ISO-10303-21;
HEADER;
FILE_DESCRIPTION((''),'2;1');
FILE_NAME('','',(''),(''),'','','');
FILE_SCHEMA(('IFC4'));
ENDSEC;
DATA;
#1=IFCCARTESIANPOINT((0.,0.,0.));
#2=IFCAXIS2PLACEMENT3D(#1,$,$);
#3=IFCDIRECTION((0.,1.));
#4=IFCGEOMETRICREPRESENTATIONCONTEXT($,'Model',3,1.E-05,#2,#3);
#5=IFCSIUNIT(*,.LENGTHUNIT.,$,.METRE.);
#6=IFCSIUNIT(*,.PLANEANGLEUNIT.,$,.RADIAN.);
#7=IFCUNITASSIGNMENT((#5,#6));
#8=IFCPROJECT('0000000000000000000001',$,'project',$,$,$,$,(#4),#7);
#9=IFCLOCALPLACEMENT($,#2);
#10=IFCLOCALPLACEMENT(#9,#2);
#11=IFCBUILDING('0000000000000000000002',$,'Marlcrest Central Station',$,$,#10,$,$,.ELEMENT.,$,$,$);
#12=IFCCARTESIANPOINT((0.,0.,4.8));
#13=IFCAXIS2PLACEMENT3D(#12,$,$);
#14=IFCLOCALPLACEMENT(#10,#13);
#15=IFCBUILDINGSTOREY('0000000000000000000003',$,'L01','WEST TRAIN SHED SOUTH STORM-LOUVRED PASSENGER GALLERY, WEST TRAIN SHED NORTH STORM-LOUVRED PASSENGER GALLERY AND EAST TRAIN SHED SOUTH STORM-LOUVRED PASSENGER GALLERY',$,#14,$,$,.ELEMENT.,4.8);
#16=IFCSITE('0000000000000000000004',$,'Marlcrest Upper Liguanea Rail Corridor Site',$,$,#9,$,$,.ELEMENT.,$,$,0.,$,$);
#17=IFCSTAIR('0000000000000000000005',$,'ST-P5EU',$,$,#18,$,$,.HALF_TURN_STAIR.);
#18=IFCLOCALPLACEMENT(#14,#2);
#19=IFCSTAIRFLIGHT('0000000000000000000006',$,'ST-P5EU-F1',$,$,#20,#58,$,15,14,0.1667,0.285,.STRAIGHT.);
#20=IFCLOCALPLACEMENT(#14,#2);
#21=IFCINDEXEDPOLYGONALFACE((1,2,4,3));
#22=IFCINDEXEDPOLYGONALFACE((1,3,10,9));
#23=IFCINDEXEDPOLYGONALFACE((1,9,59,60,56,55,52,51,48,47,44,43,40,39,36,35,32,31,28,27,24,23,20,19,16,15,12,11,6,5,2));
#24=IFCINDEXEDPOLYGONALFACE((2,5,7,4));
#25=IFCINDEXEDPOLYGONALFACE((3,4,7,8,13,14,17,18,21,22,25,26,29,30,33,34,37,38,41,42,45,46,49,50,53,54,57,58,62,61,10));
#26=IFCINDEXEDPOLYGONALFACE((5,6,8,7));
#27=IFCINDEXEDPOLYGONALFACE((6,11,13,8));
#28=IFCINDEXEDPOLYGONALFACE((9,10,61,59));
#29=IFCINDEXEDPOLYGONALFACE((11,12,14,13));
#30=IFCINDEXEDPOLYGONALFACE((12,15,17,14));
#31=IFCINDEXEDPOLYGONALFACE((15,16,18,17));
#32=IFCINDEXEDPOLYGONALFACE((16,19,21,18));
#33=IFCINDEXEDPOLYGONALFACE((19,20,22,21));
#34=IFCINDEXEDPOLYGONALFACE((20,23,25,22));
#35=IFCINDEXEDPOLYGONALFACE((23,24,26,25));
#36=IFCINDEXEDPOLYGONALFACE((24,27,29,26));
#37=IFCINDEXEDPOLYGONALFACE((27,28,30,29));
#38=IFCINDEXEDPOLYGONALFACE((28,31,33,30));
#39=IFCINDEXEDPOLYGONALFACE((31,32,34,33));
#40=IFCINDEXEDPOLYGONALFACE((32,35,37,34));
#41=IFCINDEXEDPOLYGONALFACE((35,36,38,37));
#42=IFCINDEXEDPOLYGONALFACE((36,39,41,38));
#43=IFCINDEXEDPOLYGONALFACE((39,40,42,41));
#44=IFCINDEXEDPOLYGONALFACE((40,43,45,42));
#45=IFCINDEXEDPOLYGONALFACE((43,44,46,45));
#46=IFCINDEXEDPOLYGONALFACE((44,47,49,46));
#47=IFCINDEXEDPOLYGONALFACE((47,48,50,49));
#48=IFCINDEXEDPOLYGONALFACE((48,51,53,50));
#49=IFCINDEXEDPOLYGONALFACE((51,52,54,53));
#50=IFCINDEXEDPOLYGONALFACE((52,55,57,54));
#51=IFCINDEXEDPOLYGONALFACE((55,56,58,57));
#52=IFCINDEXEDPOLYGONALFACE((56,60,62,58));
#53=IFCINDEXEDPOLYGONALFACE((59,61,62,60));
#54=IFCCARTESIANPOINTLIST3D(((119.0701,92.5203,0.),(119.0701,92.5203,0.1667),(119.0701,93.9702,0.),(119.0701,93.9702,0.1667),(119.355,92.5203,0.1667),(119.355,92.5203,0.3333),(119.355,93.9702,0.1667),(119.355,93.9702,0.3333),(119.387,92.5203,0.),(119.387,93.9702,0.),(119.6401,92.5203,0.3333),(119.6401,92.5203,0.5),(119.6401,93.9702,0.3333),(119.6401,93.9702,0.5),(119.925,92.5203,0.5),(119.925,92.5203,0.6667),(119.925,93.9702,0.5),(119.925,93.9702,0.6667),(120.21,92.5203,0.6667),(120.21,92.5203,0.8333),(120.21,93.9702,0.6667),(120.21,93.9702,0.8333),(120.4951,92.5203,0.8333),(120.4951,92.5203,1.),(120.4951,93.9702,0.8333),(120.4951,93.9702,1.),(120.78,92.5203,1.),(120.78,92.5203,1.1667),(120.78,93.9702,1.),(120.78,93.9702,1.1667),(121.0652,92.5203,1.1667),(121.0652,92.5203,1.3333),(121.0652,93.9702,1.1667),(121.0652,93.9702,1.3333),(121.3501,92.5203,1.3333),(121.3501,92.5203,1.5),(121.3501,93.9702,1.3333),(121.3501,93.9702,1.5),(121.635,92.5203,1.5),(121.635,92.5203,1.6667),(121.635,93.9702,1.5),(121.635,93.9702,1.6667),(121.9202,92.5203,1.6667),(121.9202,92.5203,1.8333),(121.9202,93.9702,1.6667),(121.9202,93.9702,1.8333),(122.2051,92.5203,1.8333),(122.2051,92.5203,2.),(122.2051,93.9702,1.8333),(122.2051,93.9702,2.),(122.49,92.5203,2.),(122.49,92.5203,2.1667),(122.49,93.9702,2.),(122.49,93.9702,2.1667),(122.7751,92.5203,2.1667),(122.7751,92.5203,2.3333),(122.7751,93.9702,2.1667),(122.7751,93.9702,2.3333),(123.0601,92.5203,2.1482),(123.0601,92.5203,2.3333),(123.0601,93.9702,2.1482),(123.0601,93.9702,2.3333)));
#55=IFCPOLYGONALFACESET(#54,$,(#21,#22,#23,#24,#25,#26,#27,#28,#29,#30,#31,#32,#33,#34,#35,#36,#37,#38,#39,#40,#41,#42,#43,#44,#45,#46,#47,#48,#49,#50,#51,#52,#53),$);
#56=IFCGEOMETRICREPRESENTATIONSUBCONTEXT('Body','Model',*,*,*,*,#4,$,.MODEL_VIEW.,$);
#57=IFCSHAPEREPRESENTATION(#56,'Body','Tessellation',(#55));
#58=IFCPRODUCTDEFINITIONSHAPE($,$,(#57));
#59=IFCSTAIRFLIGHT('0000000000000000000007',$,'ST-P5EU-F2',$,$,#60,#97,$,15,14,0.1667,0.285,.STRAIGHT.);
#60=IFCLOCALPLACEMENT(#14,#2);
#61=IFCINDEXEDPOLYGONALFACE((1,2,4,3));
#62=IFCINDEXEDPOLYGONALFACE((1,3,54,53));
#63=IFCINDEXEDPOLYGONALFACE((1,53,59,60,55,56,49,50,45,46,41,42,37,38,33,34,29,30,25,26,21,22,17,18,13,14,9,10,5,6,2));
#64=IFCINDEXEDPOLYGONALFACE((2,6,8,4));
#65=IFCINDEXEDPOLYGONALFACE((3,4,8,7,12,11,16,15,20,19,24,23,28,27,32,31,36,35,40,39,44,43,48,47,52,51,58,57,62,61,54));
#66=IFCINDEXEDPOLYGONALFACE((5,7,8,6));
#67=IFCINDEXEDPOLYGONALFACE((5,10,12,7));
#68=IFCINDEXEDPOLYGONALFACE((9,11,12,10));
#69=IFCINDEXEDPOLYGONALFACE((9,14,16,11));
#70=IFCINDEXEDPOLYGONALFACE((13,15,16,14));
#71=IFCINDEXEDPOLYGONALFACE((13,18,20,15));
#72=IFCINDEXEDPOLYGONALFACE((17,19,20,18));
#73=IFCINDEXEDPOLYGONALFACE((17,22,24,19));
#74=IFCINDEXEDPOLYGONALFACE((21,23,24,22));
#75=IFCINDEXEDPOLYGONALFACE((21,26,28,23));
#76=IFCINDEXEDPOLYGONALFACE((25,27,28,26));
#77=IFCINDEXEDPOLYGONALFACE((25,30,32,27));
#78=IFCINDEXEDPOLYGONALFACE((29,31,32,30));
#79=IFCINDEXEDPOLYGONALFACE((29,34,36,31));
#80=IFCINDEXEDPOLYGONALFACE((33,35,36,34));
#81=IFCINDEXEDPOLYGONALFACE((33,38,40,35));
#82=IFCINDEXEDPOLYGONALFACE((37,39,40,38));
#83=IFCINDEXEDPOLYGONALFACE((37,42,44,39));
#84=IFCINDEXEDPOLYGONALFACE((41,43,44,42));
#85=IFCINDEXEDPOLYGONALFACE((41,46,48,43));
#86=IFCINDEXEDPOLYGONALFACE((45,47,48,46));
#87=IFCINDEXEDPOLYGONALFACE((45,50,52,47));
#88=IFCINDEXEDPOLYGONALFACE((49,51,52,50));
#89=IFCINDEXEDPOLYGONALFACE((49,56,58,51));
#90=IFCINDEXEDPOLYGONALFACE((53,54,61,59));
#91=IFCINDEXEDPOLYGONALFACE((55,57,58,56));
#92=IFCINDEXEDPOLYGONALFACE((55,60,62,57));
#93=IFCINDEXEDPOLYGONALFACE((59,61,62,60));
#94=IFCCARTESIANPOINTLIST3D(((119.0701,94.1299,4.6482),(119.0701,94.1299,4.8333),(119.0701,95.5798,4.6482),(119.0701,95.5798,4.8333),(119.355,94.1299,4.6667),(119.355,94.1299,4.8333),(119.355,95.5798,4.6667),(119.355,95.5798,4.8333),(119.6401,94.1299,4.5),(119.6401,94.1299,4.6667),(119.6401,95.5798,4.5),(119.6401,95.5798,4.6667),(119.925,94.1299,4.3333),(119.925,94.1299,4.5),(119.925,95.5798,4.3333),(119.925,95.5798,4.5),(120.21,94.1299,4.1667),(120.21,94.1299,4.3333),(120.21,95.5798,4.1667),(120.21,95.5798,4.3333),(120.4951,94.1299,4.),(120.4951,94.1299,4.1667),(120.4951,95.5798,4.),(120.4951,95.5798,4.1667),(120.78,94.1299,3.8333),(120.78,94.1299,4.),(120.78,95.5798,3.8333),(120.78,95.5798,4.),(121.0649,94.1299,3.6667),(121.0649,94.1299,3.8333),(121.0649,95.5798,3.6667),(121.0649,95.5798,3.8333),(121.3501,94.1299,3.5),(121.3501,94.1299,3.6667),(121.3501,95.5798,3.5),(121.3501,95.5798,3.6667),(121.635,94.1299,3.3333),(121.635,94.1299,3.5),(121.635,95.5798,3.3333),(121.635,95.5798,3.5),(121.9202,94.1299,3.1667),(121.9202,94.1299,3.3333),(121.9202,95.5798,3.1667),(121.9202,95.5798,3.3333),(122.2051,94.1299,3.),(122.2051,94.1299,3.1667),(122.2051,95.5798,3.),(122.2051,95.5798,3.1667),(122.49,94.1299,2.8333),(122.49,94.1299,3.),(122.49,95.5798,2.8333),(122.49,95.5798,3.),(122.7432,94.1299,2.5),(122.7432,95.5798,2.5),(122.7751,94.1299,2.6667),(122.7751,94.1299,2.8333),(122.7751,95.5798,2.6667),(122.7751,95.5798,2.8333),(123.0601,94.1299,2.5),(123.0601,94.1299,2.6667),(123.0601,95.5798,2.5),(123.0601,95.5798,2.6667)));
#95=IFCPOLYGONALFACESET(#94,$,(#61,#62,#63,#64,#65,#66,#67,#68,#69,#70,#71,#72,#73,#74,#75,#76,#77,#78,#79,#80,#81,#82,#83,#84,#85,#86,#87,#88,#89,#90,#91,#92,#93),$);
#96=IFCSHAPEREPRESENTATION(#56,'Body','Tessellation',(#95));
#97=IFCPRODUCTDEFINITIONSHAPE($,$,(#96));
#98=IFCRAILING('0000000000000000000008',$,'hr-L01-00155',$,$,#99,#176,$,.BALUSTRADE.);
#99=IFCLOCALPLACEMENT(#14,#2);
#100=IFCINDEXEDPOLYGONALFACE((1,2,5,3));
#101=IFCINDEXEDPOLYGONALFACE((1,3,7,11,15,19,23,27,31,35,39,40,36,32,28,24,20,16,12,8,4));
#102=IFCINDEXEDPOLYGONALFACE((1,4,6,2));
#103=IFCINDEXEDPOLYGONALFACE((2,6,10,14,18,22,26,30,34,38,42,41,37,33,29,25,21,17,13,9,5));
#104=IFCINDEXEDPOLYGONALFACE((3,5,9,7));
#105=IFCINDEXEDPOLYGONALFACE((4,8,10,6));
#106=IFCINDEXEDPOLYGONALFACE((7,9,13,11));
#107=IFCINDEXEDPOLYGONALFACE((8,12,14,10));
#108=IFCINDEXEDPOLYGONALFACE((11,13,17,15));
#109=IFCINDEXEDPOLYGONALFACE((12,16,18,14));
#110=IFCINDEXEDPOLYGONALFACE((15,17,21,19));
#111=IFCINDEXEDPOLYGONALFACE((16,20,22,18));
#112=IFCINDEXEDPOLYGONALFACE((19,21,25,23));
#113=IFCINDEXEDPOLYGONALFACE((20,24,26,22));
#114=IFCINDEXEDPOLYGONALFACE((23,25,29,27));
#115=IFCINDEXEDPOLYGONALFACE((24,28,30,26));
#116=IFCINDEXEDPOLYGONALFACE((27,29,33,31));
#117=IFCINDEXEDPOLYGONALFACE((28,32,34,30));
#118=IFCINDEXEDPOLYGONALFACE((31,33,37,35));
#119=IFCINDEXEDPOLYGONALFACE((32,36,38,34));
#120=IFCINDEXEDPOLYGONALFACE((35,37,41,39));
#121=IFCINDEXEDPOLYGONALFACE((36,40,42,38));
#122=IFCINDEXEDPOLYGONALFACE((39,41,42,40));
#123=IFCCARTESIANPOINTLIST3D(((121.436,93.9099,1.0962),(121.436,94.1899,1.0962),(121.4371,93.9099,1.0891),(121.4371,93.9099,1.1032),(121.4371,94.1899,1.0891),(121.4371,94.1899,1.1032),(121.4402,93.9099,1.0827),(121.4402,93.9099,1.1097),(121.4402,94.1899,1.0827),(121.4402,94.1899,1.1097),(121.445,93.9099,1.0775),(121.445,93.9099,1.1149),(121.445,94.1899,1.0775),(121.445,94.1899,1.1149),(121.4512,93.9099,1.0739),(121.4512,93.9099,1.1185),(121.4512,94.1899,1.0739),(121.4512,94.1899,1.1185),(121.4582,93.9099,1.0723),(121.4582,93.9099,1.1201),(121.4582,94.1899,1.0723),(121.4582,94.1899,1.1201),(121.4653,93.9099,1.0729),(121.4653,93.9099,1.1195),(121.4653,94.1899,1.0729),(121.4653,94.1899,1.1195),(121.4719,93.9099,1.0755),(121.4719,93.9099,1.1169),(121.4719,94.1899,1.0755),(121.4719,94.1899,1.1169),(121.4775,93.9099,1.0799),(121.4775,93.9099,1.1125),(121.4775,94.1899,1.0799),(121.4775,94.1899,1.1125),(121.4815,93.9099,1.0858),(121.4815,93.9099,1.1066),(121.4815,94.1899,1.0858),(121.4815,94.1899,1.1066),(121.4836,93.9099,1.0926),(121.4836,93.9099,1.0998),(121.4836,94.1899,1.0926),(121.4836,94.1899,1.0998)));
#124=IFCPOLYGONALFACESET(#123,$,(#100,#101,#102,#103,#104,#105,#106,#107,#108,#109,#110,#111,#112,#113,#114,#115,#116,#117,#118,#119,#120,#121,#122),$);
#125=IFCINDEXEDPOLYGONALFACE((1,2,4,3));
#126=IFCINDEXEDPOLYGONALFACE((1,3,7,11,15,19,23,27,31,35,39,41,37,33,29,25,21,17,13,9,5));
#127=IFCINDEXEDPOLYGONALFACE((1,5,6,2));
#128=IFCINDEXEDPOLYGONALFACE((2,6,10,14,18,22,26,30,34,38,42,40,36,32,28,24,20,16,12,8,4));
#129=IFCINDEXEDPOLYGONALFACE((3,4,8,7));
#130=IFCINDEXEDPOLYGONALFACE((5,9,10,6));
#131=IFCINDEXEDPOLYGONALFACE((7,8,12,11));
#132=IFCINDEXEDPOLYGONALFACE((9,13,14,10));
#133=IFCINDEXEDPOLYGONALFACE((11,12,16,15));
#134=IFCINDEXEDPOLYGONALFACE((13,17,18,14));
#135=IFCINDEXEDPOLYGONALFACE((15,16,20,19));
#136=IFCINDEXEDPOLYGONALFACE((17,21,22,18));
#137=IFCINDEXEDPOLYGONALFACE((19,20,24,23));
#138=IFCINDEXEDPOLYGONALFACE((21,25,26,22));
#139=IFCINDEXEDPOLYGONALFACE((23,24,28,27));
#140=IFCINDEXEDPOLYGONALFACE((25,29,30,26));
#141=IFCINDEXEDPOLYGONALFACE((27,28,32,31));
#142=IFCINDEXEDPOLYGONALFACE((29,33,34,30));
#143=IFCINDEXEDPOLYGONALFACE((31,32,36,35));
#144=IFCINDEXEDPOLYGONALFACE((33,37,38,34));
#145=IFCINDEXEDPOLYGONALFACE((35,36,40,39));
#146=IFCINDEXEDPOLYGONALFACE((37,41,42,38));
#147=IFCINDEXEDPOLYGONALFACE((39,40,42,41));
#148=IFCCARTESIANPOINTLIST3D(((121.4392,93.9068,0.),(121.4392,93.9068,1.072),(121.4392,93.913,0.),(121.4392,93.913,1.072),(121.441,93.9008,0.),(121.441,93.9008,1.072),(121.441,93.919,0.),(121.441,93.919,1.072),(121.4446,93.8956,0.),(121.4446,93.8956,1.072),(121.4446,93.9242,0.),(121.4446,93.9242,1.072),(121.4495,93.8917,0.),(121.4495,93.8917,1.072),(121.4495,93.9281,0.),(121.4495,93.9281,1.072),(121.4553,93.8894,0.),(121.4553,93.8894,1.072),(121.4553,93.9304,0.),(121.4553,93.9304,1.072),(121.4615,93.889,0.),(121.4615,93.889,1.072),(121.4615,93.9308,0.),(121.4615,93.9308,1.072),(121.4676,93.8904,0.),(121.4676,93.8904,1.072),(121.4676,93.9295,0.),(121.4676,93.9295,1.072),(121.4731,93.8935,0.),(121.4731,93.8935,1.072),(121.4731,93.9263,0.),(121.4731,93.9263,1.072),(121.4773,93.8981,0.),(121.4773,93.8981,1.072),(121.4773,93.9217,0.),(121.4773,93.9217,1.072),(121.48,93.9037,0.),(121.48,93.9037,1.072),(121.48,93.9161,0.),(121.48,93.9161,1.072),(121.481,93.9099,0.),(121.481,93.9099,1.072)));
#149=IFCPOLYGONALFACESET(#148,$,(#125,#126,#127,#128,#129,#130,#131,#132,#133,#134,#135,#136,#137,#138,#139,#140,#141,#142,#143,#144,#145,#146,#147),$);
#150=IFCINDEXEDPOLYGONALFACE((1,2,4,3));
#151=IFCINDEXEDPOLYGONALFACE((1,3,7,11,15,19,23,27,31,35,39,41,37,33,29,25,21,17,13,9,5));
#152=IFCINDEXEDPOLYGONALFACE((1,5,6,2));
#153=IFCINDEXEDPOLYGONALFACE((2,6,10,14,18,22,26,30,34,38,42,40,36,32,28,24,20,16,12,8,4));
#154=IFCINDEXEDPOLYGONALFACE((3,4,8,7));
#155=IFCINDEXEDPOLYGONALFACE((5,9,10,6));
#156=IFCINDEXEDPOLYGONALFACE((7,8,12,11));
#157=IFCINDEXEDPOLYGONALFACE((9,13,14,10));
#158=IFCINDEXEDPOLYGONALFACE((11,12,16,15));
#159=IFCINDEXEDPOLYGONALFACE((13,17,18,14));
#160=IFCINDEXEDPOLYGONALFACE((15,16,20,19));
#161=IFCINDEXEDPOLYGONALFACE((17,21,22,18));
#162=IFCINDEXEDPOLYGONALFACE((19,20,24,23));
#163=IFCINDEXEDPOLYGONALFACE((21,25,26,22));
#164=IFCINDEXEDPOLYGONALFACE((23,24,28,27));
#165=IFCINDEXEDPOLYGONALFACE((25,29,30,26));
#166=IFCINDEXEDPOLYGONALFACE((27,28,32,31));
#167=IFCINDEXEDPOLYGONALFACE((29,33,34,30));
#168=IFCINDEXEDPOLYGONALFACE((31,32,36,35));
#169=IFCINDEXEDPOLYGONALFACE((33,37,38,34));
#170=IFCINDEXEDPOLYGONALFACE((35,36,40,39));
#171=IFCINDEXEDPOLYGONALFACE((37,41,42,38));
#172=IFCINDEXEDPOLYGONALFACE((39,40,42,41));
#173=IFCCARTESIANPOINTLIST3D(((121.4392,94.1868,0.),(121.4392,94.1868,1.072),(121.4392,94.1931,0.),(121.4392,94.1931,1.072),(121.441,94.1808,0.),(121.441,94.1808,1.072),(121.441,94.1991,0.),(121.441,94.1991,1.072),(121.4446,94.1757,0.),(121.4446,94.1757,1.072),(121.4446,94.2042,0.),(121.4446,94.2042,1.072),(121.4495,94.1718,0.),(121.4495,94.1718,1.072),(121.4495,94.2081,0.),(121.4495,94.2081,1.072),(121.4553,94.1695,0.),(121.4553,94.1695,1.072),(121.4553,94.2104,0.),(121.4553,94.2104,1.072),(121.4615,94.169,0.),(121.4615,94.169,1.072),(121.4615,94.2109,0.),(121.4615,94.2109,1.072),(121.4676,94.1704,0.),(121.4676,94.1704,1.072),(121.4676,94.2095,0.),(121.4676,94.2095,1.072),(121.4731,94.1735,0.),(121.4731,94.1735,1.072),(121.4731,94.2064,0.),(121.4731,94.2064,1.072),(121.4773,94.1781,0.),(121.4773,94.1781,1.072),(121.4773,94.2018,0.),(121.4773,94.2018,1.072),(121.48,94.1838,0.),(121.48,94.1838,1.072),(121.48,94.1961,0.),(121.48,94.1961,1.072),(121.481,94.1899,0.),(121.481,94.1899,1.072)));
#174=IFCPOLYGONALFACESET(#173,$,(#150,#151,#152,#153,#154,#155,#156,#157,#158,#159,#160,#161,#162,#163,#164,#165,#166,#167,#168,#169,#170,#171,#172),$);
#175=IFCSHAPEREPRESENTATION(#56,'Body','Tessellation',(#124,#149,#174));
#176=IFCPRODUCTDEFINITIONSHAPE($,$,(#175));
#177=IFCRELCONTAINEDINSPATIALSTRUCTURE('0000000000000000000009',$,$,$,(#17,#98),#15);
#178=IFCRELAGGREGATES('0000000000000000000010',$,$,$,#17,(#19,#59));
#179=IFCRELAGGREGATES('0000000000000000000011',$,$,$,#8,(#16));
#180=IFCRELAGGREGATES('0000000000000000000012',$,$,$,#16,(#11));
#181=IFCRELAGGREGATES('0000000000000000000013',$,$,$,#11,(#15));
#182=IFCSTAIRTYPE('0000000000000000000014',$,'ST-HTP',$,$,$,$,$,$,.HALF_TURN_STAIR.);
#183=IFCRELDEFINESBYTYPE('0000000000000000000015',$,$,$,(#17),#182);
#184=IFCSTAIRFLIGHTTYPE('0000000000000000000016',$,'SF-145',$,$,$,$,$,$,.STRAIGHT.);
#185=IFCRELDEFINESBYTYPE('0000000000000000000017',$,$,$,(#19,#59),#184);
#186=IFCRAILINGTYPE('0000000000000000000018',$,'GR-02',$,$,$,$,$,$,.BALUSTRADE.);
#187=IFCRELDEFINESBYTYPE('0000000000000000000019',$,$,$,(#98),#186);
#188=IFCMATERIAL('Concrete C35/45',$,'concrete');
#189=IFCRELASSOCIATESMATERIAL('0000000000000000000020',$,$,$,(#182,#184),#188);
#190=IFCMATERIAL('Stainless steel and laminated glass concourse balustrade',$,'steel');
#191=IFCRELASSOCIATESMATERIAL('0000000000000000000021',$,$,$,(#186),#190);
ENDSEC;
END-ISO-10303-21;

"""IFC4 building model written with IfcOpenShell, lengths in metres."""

from ifc_helpers import new_model, si_unit, direction, frame, origin, origin_2d, place, context, subcontext, project, spatial, polyline, circle, outline, extrude, material, type_object, element, aggregate, save


model = new_model("IFC4")

# Units and contexts
model_context = context("Model", 3, precision=1e-05, world=origin(), true_north=direction((0.0, 1.0)))
body_context = subcontext(model_context, "Body", "Model", "MODEL_VIEW")
ifc_project = project(units=[si_unit("LENGTHUNIT", "METRE"), si_unit("PLANEANGLEUNIT", "RADIAN")], contexts=[model_context])

# Site, building, storey
site_placement = place(None, origin())
site = spatial("IfcSite", under=ifc_project, at=site_placement, Name="Marlcrest Upper Liguanea Rail Corridor Site", CompositionType="ELEMENT", RefElevation=0.0)
building_placement = place(site_placement, origin())
building = spatial("IfcBuilding", under=site, at=building_placement, Name="Marlcrest Central Station", CompositionType="ELEMENT")
storey_placement = place(building_placement, frame((0.0, 0.0, 4.8)))
storey = spatial("IfcBuildingStorey", under=building, at=storey_placement, Name="L01", Description="WEST TRAIN SHED SOUTH STORM-LOUVRED PASSENGER GALLERY, WEST TRAIN SHED NORTH STORM-LOUVRED PASSENGER GALLERY AND EAST TRAIN SHED SOUTH STORM-LOUVRED PASSENGER GALLERY", CompositionType="ELEMENT", Elevation=4.8)

# Stair, stair flights
ifc_material_1 = material(Name="Concrete C35/45", Category="concrete")
stair_type = type_object("IfcStairType", Name="ST-HTP", PredefinedType="HALF_TURN_STAIR", material=ifc_material_1)
stair_placement = place(storey_placement, origin())
stair = element("IfcStair", 1, at=stair_placement, inside=storey, type_object=stair_type, Name="ST-P5EU", PredefinedType="HALF_TURN_STAIR")
stair_flight_type = type_object("IfcStairFlightType", Name="SF-145", PredefinedType="STRAIGHT", material=ifc_material_1)
stair_flight_1_placement = place(storey_placement, frame((119.0701, 93.2451, 0.0), z_axis=(0.0, 0.0, 1.0), x_axis=(1.0, 0.0, 0.0)))
stair_flight_1 = element("IfcStairFlight", 2, at=stair_flight_1_placement, type_object=stair_flight_type, Name="ST-P5EU-F1", NumberOfRisers=15, NumberOfTreads=14, PredefinedType="STRAIGHT", RiserHeight=0.1667, TreadLength=0.285, context=body_context, shape_type="SweptSolid", body=[
    extrude(outline(polyline([(0.0, 0.0), (0.0, 0.1667), (0.2849, 0.1667), (0.2849, 0.3333), (0.5701, 0.3333), (0.5701, 0.5), (0.855, 0.5), (0.855, 0.6667), (1.1399, 0.6667), (1.1399, 0.8333), (1.425, 0.8333), (1.425, 1.0), (1.71, 1.0), (1.71, 1.1667), (1.9951, 1.1667), (1.9951, 1.3333), (2.28, 1.3333), (2.28, 1.5), (2.5649, 1.5), (2.5649, 1.6667), (2.8501, 1.6667), (2.8501, 1.8333), (3.135, 1.8333), (3.135, 2.0), (3.4199, 2.0), (3.4199, 2.1667), (3.7051, 2.1667), (3.7051, 2.3333), (3.99, 2.3333), (3.99, 2.5), (3.99, 2.1482), (0.3169, 0.0), (0.0, 0.0)])), frame((0.0, 0.7251, 0.0), z_axis=(0.0, -1.0, 0.0), x_axis=(1.0, 0.0, 0.0)), (0.0, 0.0, 1.0), 1.45),
])
stair_flight_2_placement = place(storey_placement, frame((123.0601, 94.855, 2.5), z_axis=(0.0, 0.0, 1.0), x_axis=(-1.0, 0.0, 0.0)))
stair_flight_2 = element("IfcStairFlight", 3, at=stair_flight_2_placement, type_object=stair_flight_type, Name="ST-P5EU-F2", NumberOfRisers=15, NumberOfTreads=14, PredefinedType="STRAIGHT", RiserHeight=0.1667, TreadLength=0.285, context=body_context, shape_type="SweptSolid", body=[
    extrude(outline(polyline([(0.0, 0.0), (0.0, 0.1667), (0.2849, 0.1667), (0.2849, 0.3333), (0.5701, 0.3333), (0.5701, 0.5), (0.855, 0.5), (0.855, 0.6667), (1.1399, 0.6667), (1.1399, 0.8333), (1.425, 0.8333), (1.425, 1.0), (1.71, 1.0), (1.71, 1.1667), (1.9951, 1.1667), (1.9951, 1.3333), (2.28, 1.3333), (2.28, 1.5), (2.5649, 1.5), (2.5649, 1.6667), (2.8501, 1.6667), (2.8501, 1.8333), (3.135, 1.8333), (3.135, 2.0), (3.4199, 2.0), (3.4199, 2.1667), (3.7051, 2.1667), (3.7051, 2.3333), (3.99, 2.3333), (3.99, 2.5), (3.99, 2.1482), (0.3169, 0.0), (0.0, 0.0)])), frame((0.0, 0.7251, 0.0), z_axis=(0.0, -1.0, 0.0), x_axis=(1.0, 0.0, 0.0)), (0.0, 0.0, 1.0), 1.45),
])
aggregate(stair, [stair_flight_1, stair_flight_2])

# Railing
ifc_material_2 = material(Name="Stainless steel and laminated glass concourse balustrade", Category="steel")
railing_type_1 = type_object("IfcRailingType", Name="GR-02", PredefinedType="BALUSTRADE", material=ifc_material_2)
railing_1_placement = place(storey_placement, frame((121.46, 93.9099, 0.0)))
element("IfcRailing", 4, at=railing_1_placement, inside=storey, type_object=railing_type_1, Name="hr-L01-00155", PredefinedType="BALUSTRADE", context=body_context, shape_type="SweptSolid", body=[
    extrude(circle(Radius=0.0239, at=origin_2d()), frame((0.0, 0.0, 1.0962), z_axis=(0.0, 1.0, 0.0), x_axis=(-1.0, 0.0, 0.0)), (0.0, 0.0, 1.0), 0.28),
    extrude(circle(Radius=0.021, at=origin_2d()), origin(), (0.0, 0.0, 1.0), 1.072),
    extrude(circle(Radius=0.021, at=origin_2d()), frame((0.0, 0.28, 0.0)), (0.0, 0.0, 1.0), 1.072),
])

save(model, "model.ifc")
